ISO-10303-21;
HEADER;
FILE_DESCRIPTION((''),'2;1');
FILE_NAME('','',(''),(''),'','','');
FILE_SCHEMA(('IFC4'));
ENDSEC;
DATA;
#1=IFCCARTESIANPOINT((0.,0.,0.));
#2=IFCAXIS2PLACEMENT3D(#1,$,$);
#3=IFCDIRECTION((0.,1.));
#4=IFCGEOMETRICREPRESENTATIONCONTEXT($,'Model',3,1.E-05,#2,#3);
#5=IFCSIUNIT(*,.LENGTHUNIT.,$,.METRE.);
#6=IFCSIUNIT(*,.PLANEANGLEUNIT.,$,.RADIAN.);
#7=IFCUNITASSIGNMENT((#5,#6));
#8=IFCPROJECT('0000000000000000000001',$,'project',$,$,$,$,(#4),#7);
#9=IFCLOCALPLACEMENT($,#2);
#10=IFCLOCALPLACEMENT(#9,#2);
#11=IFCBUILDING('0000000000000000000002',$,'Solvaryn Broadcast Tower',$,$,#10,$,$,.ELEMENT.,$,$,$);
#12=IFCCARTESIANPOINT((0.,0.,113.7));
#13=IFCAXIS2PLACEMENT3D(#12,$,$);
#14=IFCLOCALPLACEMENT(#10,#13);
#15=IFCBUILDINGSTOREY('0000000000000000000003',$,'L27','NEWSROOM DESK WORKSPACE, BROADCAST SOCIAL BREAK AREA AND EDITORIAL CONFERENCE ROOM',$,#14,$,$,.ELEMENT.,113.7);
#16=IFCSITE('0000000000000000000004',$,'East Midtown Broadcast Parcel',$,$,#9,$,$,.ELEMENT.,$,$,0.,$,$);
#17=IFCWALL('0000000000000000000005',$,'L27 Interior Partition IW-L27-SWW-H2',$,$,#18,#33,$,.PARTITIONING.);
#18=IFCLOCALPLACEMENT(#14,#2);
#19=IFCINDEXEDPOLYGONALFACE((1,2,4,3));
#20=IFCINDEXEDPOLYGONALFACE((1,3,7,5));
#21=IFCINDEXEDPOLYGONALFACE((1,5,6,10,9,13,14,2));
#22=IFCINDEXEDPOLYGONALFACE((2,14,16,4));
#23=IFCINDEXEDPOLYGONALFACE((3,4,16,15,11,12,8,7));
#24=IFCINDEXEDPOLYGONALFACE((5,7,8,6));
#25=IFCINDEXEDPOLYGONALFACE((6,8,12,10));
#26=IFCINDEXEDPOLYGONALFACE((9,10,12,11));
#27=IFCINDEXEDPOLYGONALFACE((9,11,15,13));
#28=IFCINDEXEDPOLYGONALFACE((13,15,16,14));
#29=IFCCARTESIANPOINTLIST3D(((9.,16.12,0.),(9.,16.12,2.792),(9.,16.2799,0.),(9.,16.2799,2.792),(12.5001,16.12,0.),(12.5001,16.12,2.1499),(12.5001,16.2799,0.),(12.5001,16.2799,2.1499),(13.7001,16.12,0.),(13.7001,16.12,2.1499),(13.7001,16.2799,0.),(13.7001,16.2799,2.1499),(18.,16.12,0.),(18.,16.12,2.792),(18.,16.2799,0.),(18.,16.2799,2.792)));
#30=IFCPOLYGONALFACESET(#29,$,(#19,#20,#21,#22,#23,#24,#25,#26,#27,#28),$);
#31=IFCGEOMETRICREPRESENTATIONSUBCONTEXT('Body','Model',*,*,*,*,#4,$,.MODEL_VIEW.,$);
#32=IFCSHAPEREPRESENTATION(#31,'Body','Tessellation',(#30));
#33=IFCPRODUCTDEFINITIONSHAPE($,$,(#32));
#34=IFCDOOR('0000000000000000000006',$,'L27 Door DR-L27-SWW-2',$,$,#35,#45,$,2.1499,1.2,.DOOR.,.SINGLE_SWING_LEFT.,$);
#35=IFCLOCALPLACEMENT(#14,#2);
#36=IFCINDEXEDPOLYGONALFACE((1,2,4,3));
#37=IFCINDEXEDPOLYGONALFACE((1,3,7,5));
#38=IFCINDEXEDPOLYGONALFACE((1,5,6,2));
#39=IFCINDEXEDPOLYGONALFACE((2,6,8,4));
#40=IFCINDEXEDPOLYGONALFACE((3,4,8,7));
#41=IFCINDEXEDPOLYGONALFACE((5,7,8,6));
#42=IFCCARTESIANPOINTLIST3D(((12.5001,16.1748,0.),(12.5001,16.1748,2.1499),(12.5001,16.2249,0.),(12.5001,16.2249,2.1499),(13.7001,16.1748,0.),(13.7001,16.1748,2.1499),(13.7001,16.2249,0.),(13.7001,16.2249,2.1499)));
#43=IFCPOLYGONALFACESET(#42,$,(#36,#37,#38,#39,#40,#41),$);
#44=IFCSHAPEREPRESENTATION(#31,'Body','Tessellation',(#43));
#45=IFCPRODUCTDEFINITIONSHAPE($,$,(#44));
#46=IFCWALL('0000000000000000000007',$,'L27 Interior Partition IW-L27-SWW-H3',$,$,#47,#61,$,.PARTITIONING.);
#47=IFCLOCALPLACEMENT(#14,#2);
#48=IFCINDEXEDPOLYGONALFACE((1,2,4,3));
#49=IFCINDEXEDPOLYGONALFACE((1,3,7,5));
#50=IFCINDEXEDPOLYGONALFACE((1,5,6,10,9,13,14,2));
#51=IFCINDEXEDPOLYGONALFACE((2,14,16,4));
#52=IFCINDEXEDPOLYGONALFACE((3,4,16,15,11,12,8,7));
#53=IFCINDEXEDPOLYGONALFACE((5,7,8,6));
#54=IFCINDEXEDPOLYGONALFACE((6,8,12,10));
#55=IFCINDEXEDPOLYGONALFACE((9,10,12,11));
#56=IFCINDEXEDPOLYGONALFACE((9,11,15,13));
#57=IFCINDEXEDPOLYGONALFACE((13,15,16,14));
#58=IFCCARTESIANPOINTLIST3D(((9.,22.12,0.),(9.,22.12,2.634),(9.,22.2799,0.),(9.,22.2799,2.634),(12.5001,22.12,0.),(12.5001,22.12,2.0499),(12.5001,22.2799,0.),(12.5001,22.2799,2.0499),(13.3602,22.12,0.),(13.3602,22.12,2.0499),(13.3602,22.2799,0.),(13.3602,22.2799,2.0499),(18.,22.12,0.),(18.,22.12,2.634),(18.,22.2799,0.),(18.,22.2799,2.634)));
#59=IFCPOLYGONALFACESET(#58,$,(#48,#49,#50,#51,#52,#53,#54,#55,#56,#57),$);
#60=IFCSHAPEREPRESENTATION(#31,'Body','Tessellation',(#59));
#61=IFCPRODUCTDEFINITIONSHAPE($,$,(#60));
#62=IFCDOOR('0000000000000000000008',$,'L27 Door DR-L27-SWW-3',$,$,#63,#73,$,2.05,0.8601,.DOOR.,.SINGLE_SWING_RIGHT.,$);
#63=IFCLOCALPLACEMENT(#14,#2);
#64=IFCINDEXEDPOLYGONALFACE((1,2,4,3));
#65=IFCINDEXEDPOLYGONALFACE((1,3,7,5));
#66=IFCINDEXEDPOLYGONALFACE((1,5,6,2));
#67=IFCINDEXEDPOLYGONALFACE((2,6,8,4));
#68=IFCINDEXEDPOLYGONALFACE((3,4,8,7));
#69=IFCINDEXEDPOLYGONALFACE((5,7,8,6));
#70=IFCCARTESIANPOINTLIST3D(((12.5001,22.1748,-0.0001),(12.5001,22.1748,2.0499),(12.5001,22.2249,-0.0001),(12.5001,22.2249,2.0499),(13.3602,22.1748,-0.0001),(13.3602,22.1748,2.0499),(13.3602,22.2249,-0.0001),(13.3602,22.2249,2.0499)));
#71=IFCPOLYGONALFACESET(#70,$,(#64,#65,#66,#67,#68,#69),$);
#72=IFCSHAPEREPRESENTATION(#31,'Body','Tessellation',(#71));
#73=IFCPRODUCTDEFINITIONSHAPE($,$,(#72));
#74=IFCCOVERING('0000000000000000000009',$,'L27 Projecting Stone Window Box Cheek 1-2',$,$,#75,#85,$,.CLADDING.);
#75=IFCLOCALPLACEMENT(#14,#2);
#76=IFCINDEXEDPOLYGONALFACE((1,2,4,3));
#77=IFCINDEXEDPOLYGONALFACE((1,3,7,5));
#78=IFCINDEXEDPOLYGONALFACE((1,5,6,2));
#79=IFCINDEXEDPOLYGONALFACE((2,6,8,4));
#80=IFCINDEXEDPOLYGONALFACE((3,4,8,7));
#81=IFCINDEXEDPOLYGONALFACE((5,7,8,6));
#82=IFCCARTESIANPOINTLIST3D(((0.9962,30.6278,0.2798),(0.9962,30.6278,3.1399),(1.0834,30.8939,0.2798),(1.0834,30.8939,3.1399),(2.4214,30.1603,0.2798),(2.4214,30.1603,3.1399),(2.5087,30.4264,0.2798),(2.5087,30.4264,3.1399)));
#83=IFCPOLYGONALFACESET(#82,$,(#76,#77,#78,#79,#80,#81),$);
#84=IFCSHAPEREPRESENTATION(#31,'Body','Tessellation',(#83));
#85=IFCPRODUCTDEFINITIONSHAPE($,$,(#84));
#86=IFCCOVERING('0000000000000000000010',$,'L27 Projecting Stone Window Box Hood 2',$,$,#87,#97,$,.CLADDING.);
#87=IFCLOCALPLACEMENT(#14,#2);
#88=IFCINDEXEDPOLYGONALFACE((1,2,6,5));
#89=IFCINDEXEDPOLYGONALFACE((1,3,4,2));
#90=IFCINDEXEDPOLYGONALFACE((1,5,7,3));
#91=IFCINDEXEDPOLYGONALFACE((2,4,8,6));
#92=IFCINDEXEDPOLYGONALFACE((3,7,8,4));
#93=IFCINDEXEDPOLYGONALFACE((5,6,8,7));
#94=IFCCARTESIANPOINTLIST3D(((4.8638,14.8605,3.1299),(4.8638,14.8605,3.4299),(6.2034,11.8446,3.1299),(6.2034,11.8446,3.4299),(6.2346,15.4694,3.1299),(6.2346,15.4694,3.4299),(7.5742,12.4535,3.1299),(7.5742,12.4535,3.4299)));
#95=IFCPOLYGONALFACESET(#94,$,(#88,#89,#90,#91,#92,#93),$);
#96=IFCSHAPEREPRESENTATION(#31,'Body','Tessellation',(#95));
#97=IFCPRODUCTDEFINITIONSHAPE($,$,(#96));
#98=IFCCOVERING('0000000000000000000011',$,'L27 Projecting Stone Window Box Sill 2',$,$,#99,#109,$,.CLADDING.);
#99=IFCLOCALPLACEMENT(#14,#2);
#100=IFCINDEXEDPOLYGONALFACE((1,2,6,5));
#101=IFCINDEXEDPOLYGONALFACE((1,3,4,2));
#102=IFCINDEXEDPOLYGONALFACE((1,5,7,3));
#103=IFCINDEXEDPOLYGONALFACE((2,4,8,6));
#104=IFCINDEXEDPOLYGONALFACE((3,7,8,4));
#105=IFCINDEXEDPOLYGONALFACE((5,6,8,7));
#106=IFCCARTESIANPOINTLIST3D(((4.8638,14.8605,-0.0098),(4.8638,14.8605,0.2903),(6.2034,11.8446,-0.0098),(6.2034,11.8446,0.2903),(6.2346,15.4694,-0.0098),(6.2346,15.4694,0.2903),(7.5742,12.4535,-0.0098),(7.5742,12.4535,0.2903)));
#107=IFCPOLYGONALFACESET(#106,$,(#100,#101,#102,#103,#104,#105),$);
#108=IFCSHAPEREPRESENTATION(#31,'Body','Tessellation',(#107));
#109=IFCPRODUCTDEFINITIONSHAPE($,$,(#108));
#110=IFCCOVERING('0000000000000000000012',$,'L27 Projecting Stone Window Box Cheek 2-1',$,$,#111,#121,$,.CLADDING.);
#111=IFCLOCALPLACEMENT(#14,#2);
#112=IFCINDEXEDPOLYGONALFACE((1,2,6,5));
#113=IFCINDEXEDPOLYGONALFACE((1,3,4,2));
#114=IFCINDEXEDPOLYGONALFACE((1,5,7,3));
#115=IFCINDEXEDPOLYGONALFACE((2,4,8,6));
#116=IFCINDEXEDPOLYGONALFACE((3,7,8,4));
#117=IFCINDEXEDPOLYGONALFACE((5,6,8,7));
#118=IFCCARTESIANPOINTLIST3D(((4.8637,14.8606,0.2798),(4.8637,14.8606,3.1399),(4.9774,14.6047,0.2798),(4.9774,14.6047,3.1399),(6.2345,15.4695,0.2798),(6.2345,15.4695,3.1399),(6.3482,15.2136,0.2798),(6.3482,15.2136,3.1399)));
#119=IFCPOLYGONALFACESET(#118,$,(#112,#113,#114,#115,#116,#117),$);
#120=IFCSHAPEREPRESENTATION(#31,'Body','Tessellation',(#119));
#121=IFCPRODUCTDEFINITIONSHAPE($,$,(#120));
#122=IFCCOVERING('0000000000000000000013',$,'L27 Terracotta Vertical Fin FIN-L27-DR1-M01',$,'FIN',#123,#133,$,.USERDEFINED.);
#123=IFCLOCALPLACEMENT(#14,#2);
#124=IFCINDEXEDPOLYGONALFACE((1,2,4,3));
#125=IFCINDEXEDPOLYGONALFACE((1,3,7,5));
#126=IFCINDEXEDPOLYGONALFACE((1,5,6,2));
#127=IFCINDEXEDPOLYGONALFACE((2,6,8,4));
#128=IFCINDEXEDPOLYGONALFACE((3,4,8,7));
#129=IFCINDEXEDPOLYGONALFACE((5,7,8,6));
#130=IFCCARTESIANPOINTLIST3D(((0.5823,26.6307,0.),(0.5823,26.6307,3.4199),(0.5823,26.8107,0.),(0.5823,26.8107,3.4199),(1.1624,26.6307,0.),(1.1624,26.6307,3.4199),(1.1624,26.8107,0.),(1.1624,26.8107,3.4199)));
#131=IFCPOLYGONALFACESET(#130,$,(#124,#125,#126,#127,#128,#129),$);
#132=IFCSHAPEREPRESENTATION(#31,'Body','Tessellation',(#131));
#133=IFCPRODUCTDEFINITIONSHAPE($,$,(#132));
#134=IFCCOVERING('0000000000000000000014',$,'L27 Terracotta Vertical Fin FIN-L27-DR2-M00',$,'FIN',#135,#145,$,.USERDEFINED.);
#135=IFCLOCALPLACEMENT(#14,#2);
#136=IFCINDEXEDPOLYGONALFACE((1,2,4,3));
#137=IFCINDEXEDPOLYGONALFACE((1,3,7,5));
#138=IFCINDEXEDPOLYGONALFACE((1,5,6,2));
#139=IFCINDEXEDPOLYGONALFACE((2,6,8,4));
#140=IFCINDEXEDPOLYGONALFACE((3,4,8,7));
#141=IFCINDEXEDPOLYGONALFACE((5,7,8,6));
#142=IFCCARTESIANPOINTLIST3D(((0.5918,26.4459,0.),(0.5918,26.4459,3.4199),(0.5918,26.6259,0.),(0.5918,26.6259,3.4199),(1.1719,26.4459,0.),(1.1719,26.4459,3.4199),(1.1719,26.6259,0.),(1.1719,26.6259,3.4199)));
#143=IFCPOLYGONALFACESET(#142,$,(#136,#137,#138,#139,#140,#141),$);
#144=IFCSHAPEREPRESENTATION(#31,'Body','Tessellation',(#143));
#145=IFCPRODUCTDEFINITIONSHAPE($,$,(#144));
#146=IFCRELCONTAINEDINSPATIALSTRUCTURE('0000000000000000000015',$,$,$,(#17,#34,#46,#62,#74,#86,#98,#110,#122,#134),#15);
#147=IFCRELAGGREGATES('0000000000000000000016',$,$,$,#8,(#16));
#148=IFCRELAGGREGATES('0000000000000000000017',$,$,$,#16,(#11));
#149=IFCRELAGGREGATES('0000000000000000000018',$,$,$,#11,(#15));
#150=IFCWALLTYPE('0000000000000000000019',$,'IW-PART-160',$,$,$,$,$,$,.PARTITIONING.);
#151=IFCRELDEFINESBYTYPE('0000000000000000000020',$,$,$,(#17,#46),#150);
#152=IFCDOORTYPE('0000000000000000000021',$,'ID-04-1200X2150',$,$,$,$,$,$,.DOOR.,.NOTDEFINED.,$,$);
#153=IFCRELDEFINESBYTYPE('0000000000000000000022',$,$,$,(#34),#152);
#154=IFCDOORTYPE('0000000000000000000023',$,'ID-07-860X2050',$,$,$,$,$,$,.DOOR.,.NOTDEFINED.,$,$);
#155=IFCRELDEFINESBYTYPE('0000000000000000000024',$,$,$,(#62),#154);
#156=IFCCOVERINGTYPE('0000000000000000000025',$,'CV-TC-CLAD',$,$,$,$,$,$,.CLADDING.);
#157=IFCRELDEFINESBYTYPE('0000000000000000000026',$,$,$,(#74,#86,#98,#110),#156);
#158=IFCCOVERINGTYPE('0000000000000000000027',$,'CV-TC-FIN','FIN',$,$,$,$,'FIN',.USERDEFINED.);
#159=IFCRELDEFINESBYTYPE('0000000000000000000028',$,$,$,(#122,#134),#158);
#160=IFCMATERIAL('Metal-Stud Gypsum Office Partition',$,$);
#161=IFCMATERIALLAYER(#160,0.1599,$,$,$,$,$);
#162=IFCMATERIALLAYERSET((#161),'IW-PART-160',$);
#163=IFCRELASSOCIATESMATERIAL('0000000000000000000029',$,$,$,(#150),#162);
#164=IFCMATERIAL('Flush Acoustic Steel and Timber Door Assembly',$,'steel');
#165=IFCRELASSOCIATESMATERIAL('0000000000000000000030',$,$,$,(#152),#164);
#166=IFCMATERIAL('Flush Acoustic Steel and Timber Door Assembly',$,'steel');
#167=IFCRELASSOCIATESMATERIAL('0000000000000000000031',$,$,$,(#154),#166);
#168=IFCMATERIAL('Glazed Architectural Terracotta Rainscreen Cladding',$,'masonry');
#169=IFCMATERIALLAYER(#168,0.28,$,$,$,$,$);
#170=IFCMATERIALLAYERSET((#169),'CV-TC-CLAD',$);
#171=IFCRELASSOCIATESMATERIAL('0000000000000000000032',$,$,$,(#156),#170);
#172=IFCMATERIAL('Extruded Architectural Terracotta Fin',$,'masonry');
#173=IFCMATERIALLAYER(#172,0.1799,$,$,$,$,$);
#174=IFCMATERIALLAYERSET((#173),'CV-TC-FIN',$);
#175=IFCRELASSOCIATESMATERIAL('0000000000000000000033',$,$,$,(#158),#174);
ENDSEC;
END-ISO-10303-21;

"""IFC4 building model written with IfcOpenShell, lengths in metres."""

from ifc_helpers import new_model, si_unit, direction, frame, frame_2d, origin, origin_2d, place, context, subcontext, project, spatial, rectangle, extrude, material, layer, layer_set, type_object, element, fill, save


model = new_model("IFC4")

# Units and contexts
model_context = context("Model", 3, precision=1e-05, world=origin(), true_north=direction((0.0, 1.0)))
body_context = subcontext(model_context, "Body", "Model", "MODEL_VIEW")
ifc_project = project(units=[si_unit("LENGTHUNIT", "METRE"), si_unit("PLANEANGLEUNIT", "RADIAN")], contexts=[model_context])

# Site, building, storey
site_placement = place(None, origin())
site = spatial("IfcSite", under=ifc_project, at=site_placement, Name="East Midtown Broadcast Parcel", CompositionType="ELEMENT", RefElevation=0.0)
building_placement = place(site_placement, origin())
building = spatial("IfcBuilding", under=site, at=building_placement, Name="Solvaryn Broadcast Tower", CompositionType="ELEMENT")
storey_placement = place(building_placement, frame((0.0, 0.0, 113.7)))
storey = spatial("IfcBuildingStorey", under=building, at=storey_placement, Name="L27", Description="NEWSROOM DESK WORKSPACE, BROADCAST SOCIAL BREAK AREA AND EDITORIAL CONFERENCE ROOM", CompositionType="ELEMENT", Elevation=113.7)

# Walls, openings, doors
ifc_material_1 = material(Name="Metal-Stud Gypsum Office Partition")
ifc_layer_1 = layer(ifc_material_1, 0.1599)
ifc_layer_set_1 = layer_set([ifc_layer_1], Name="IW-PART-160")
wall_type = type_object("IfcWallType", Name="IW-PART-160", PredefinedType="PARTITIONING", material=ifc_layer_set_1)
wall_1_placement = place(storey_placement, frame((9.0, 16.2, 0.0), z_axis=(0.0, 0.0, 1.0), x_axis=(1.0, 0.0, 0.0)))
wall_1 = element("IfcWall", 1, at=wall_1_placement, inside=storey, type_object=wall_type, Name="L27 Interior Partition IW-L27-SWW-H2", PredefinedType="PARTITIONING", context=body_context, shape_type="SweptSolid", body=[
    extrude(rectangle(XDim=9.0, YDim=0.1599, at=frame_2d((4.5, 0.0))), origin(), (0.0, 0.0, 1.0), 2.792),
])
opening_1_placement = place(wall_1_placement, frame((3.5, 0.0, 0.0)))
opening_1 = element("IfcOpeningElement", 2, at=opening_1_placement, cuts=wall_1, PredefinedType="OPENING", context=body_context, shape_type="SweptSolid", body=[
    extrude(rectangle(XDim=1.2, YDim=2.1499, at=frame_2d((0.6001, 1.075))), frame((0.0, 0.0901, 0.0), z_axis=(0.0, -1.0, 0.0), x_axis=(1.0, 0.0, 0.0)), (0.0, 0.0, 1.0), 0.1799),
])
ifc_material_2 = material(Name="Flush Acoustic Steel and Timber Door Assembly", Category="steel")
door_type_1 = type_object("IfcDoorType", Name="ID-04-1200X2150", OperationType="NOTDEFINED", PredefinedType="DOOR", material=ifc_material_2)
door_1_placement = place(opening_1_placement, origin())
door_1 = element("IfcDoor", 3, at=door_1_placement, inside=storey, type_object=door_type_1, Name="L27 Door DR-L27-SWW-2", OperationType="SINGLE_SWING_LEFT", OverallHeight=2.1499, OverallWidth=1.2, PredefinedType="DOOR", context=body_context, shape_type="SweptSolid", body=[
    extrude(rectangle(XDim=1.2, YDim=2.1499, at=frame_2d((0.6001, 1.075))), frame((0.0, 0.0249, 0.0), z_axis=(0.0, -1.0, 0.0), x_axis=(1.0, 0.0, 0.0)), (0.0, 0.0, 1.0), 0.05),
])
fill(opening_1, door_1)
wall_2_placement = place(storey_placement, frame((9.0, 22.2, 0.0), z_axis=(0.0, 0.0, 1.0), x_axis=(1.0, 0.0, 0.0)))
wall_2 = element("IfcWall", 4, at=wall_2_placement, inside=storey, type_object=wall_type, Name="L27 Interior Partition IW-L27-SWW-H3", PredefinedType="PARTITIONING", context=body_context, shape_type="SweptSolid", body=[
    extrude(rectangle(XDim=9.0, YDim=0.1599, at=frame_2d((4.5, 0.0))), origin(), (0.0, 0.0, 1.0), 2.634),
])
opening_2_placement = place(wall_2_placement, frame((3.5, 0.0, 0.0)))
opening_2 = element("IfcOpeningElement", 5, at=opening_2_placement, cuts=wall_2, PredefinedType="OPENING", context=body_context, shape_type="SweptSolid", body=[
    extrude(rectangle(XDim=0.8601, YDim=2.05, at=frame_2d((0.4302, 1.0249))), frame((0.0, 0.0901, 0.0), z_axis=(0.0, -1.0, 0.0), x_axis=(1.0, 0.0, 0.0)), (0.0, 0.0, 1.0), 0.1799),
])
ifc_material_3 = material(Name="Flush Acoustic Steel and Timber Door Assembly", Category="steel")
door_type_2 = type_object("IfcDoorType", Name="ID-07-860X2050", OperationType="NOTDEFINED", PredefinedType="DOOR", material=ifc_material_3)
door_2_placement = place(opening_2_placement, origin())
door_2 = element("IfcDoor", 6, at=door_2_placement, inside=storey, type_object=door_type_2, Name="L27 Door DR-L27-SWW-3", OperationType="SINGLE_SWING_RIGHT", OverallHeight=2.05, OverallWidth=0.8601, PredefinedType="DOOR", context=body_context, shape_type="SweptSolid", body=[
    extrude(rectangle(XDim=0.8601, YDim=2.05, at=frame_2d((0.4302, 1.0249))), frame((0.0, 0.0249, 0.0), z_axis=(0.0, -1.0, 0.0), x_axis=(1.0, 0.0, 0.0)), (0.0, 0.0, 1.0), 0.05),
])
fill(opening_2, door_2)

# Coverings
ifc_material_4 = material(Name="Glazed Architectural Terracotta Rainscreen Cladding", Category="masonry")
ifc_layer_2 = layer(ifc_material_4, 0.28)
ifc_layer_set_2 = layer_set([ifc_layer_2], Name="CV-TC-CLAD")
covering_type_1 = type_object("IfcCoveringType", Name="CV-TC-CLAD", PredefinedType="CLADDING", material=ifc_layer_set_2)
covering_1_placement = place(storey_placement, frame((1.7524, 30.5271, 0.2798), z_axis=(0.0, 0.0, 1.0), x_axis=(-0.311672, -0.95019, 0.0)))
element("IfcCovering", 7, at=covering_1_placement, inside=storey, type_object=covering_type_1, Name="L27 Projecting Stone Window Box Cheek 1-2", PredefinedType="CLADDING", context=body_context, shape_type="SweptSolid", body=[
    extrude(rectangle(XDim=0.28, YDim=1.5, at=origin_2d()), origin(), (0.0, 0.0, 1.0), 2.8601),
])
for number, where, z_axis, x_axis, name in (
    (8, (6.219, 13.657, 3.1299), (0.0, 0.0, 1.0), (0.405939, -0.9139, 0.0), "L27 Projecting Stone Window Box Hood 2"),
    (9, (6.219, 13.657, -0.0098), (0.0, 0.0, 1.0), (0.405939, -0.9139, 0.0), "L27 Projecting Stone Window Box Sill 2"),
):
    element("IfcCovering", number, at=place(storey_placement, frame(where, z_axis=z_axis, x_axis=x_axis)), inside=storey, type_object=covering_type_1, Name=name, PredefinedType="CLADDING", context=body_context, shape_type="SweptSolid", body=[
        extrude(rectangle(XDim=3.3, YDim=1.5, at=origin_2d()), origin(), (0.0, 0.0, 1.0), 0.3),
    ])
covering_2_placement = place(storey_placement, frame((5.606, 15.0371, 0.2798), z_axis=(0.0, 0.0, 1.0), x_axis=(0.405939, -0.9139, 0.0)))
element("IfcCovering", 10, at=covering_2_placement, inside=storey, type_object=covering_type_1, Name="L27 Projecting Stone Window Box Cheek 2-1", PredefinedType="CLADDING", context=body_context, shape_type="SweptSolid", body=[
    extrude(rectangle(XDim=0.28, YDim=1.5, at=origin_2d()), origin(), (0.0, 0.0, 1.0), 2.8601),
])
ifc_material_5 = material(Name="Extruded Architectural Terracotta Fin", Category="masonry")
ifc_layer_3 = layer(ifc_material_5, 0.1799)
ifc_layer_set_3 = layer_set([ifc_layer_3], Name="CV-TC-FIN")
covering_type_2 = type_object("IfcCoveringType", Name="CV-TC-FIN", Description="FIN", ElementType="FIN", PredefinedType="USERDEFINED", material=ifc_layer_set_3)
for number, where, z_axis, x_axis, name in (
    (11, (0.8723, 26.7207, 0.0), (0.0, 0.0, 1.0), (1.0, 0.0, 0.0), "L27 Terracotta Vertical Fin FIN-L27-DR1-M01"),
    (12, (0.8818, 26.5359, 0.0), (0.0, 0.0, 1.0), (1.0, 0.0, 0.0), "L27 Terracotta Vertical Fin FIN-L27-DR2-M00"),
):
    element("IfcCovering", number, at=place(storey_placement, frame(where, z_axis=z_axis, x_axis=x_axis)), inside=storey, type_object=covering_type_2, Name=name, ObjectType="FIN", PredefinedType="USERDEFINED", context=body_context, shape_type="SweptSolid", body=[
        extrude(rectangle(XDim=0.5801, YDim=0.1799, at=origin_2d()), origin(), (0.0, 0.0, 1.0), 3.4199),
    ])

save(model, "model.ifc")
